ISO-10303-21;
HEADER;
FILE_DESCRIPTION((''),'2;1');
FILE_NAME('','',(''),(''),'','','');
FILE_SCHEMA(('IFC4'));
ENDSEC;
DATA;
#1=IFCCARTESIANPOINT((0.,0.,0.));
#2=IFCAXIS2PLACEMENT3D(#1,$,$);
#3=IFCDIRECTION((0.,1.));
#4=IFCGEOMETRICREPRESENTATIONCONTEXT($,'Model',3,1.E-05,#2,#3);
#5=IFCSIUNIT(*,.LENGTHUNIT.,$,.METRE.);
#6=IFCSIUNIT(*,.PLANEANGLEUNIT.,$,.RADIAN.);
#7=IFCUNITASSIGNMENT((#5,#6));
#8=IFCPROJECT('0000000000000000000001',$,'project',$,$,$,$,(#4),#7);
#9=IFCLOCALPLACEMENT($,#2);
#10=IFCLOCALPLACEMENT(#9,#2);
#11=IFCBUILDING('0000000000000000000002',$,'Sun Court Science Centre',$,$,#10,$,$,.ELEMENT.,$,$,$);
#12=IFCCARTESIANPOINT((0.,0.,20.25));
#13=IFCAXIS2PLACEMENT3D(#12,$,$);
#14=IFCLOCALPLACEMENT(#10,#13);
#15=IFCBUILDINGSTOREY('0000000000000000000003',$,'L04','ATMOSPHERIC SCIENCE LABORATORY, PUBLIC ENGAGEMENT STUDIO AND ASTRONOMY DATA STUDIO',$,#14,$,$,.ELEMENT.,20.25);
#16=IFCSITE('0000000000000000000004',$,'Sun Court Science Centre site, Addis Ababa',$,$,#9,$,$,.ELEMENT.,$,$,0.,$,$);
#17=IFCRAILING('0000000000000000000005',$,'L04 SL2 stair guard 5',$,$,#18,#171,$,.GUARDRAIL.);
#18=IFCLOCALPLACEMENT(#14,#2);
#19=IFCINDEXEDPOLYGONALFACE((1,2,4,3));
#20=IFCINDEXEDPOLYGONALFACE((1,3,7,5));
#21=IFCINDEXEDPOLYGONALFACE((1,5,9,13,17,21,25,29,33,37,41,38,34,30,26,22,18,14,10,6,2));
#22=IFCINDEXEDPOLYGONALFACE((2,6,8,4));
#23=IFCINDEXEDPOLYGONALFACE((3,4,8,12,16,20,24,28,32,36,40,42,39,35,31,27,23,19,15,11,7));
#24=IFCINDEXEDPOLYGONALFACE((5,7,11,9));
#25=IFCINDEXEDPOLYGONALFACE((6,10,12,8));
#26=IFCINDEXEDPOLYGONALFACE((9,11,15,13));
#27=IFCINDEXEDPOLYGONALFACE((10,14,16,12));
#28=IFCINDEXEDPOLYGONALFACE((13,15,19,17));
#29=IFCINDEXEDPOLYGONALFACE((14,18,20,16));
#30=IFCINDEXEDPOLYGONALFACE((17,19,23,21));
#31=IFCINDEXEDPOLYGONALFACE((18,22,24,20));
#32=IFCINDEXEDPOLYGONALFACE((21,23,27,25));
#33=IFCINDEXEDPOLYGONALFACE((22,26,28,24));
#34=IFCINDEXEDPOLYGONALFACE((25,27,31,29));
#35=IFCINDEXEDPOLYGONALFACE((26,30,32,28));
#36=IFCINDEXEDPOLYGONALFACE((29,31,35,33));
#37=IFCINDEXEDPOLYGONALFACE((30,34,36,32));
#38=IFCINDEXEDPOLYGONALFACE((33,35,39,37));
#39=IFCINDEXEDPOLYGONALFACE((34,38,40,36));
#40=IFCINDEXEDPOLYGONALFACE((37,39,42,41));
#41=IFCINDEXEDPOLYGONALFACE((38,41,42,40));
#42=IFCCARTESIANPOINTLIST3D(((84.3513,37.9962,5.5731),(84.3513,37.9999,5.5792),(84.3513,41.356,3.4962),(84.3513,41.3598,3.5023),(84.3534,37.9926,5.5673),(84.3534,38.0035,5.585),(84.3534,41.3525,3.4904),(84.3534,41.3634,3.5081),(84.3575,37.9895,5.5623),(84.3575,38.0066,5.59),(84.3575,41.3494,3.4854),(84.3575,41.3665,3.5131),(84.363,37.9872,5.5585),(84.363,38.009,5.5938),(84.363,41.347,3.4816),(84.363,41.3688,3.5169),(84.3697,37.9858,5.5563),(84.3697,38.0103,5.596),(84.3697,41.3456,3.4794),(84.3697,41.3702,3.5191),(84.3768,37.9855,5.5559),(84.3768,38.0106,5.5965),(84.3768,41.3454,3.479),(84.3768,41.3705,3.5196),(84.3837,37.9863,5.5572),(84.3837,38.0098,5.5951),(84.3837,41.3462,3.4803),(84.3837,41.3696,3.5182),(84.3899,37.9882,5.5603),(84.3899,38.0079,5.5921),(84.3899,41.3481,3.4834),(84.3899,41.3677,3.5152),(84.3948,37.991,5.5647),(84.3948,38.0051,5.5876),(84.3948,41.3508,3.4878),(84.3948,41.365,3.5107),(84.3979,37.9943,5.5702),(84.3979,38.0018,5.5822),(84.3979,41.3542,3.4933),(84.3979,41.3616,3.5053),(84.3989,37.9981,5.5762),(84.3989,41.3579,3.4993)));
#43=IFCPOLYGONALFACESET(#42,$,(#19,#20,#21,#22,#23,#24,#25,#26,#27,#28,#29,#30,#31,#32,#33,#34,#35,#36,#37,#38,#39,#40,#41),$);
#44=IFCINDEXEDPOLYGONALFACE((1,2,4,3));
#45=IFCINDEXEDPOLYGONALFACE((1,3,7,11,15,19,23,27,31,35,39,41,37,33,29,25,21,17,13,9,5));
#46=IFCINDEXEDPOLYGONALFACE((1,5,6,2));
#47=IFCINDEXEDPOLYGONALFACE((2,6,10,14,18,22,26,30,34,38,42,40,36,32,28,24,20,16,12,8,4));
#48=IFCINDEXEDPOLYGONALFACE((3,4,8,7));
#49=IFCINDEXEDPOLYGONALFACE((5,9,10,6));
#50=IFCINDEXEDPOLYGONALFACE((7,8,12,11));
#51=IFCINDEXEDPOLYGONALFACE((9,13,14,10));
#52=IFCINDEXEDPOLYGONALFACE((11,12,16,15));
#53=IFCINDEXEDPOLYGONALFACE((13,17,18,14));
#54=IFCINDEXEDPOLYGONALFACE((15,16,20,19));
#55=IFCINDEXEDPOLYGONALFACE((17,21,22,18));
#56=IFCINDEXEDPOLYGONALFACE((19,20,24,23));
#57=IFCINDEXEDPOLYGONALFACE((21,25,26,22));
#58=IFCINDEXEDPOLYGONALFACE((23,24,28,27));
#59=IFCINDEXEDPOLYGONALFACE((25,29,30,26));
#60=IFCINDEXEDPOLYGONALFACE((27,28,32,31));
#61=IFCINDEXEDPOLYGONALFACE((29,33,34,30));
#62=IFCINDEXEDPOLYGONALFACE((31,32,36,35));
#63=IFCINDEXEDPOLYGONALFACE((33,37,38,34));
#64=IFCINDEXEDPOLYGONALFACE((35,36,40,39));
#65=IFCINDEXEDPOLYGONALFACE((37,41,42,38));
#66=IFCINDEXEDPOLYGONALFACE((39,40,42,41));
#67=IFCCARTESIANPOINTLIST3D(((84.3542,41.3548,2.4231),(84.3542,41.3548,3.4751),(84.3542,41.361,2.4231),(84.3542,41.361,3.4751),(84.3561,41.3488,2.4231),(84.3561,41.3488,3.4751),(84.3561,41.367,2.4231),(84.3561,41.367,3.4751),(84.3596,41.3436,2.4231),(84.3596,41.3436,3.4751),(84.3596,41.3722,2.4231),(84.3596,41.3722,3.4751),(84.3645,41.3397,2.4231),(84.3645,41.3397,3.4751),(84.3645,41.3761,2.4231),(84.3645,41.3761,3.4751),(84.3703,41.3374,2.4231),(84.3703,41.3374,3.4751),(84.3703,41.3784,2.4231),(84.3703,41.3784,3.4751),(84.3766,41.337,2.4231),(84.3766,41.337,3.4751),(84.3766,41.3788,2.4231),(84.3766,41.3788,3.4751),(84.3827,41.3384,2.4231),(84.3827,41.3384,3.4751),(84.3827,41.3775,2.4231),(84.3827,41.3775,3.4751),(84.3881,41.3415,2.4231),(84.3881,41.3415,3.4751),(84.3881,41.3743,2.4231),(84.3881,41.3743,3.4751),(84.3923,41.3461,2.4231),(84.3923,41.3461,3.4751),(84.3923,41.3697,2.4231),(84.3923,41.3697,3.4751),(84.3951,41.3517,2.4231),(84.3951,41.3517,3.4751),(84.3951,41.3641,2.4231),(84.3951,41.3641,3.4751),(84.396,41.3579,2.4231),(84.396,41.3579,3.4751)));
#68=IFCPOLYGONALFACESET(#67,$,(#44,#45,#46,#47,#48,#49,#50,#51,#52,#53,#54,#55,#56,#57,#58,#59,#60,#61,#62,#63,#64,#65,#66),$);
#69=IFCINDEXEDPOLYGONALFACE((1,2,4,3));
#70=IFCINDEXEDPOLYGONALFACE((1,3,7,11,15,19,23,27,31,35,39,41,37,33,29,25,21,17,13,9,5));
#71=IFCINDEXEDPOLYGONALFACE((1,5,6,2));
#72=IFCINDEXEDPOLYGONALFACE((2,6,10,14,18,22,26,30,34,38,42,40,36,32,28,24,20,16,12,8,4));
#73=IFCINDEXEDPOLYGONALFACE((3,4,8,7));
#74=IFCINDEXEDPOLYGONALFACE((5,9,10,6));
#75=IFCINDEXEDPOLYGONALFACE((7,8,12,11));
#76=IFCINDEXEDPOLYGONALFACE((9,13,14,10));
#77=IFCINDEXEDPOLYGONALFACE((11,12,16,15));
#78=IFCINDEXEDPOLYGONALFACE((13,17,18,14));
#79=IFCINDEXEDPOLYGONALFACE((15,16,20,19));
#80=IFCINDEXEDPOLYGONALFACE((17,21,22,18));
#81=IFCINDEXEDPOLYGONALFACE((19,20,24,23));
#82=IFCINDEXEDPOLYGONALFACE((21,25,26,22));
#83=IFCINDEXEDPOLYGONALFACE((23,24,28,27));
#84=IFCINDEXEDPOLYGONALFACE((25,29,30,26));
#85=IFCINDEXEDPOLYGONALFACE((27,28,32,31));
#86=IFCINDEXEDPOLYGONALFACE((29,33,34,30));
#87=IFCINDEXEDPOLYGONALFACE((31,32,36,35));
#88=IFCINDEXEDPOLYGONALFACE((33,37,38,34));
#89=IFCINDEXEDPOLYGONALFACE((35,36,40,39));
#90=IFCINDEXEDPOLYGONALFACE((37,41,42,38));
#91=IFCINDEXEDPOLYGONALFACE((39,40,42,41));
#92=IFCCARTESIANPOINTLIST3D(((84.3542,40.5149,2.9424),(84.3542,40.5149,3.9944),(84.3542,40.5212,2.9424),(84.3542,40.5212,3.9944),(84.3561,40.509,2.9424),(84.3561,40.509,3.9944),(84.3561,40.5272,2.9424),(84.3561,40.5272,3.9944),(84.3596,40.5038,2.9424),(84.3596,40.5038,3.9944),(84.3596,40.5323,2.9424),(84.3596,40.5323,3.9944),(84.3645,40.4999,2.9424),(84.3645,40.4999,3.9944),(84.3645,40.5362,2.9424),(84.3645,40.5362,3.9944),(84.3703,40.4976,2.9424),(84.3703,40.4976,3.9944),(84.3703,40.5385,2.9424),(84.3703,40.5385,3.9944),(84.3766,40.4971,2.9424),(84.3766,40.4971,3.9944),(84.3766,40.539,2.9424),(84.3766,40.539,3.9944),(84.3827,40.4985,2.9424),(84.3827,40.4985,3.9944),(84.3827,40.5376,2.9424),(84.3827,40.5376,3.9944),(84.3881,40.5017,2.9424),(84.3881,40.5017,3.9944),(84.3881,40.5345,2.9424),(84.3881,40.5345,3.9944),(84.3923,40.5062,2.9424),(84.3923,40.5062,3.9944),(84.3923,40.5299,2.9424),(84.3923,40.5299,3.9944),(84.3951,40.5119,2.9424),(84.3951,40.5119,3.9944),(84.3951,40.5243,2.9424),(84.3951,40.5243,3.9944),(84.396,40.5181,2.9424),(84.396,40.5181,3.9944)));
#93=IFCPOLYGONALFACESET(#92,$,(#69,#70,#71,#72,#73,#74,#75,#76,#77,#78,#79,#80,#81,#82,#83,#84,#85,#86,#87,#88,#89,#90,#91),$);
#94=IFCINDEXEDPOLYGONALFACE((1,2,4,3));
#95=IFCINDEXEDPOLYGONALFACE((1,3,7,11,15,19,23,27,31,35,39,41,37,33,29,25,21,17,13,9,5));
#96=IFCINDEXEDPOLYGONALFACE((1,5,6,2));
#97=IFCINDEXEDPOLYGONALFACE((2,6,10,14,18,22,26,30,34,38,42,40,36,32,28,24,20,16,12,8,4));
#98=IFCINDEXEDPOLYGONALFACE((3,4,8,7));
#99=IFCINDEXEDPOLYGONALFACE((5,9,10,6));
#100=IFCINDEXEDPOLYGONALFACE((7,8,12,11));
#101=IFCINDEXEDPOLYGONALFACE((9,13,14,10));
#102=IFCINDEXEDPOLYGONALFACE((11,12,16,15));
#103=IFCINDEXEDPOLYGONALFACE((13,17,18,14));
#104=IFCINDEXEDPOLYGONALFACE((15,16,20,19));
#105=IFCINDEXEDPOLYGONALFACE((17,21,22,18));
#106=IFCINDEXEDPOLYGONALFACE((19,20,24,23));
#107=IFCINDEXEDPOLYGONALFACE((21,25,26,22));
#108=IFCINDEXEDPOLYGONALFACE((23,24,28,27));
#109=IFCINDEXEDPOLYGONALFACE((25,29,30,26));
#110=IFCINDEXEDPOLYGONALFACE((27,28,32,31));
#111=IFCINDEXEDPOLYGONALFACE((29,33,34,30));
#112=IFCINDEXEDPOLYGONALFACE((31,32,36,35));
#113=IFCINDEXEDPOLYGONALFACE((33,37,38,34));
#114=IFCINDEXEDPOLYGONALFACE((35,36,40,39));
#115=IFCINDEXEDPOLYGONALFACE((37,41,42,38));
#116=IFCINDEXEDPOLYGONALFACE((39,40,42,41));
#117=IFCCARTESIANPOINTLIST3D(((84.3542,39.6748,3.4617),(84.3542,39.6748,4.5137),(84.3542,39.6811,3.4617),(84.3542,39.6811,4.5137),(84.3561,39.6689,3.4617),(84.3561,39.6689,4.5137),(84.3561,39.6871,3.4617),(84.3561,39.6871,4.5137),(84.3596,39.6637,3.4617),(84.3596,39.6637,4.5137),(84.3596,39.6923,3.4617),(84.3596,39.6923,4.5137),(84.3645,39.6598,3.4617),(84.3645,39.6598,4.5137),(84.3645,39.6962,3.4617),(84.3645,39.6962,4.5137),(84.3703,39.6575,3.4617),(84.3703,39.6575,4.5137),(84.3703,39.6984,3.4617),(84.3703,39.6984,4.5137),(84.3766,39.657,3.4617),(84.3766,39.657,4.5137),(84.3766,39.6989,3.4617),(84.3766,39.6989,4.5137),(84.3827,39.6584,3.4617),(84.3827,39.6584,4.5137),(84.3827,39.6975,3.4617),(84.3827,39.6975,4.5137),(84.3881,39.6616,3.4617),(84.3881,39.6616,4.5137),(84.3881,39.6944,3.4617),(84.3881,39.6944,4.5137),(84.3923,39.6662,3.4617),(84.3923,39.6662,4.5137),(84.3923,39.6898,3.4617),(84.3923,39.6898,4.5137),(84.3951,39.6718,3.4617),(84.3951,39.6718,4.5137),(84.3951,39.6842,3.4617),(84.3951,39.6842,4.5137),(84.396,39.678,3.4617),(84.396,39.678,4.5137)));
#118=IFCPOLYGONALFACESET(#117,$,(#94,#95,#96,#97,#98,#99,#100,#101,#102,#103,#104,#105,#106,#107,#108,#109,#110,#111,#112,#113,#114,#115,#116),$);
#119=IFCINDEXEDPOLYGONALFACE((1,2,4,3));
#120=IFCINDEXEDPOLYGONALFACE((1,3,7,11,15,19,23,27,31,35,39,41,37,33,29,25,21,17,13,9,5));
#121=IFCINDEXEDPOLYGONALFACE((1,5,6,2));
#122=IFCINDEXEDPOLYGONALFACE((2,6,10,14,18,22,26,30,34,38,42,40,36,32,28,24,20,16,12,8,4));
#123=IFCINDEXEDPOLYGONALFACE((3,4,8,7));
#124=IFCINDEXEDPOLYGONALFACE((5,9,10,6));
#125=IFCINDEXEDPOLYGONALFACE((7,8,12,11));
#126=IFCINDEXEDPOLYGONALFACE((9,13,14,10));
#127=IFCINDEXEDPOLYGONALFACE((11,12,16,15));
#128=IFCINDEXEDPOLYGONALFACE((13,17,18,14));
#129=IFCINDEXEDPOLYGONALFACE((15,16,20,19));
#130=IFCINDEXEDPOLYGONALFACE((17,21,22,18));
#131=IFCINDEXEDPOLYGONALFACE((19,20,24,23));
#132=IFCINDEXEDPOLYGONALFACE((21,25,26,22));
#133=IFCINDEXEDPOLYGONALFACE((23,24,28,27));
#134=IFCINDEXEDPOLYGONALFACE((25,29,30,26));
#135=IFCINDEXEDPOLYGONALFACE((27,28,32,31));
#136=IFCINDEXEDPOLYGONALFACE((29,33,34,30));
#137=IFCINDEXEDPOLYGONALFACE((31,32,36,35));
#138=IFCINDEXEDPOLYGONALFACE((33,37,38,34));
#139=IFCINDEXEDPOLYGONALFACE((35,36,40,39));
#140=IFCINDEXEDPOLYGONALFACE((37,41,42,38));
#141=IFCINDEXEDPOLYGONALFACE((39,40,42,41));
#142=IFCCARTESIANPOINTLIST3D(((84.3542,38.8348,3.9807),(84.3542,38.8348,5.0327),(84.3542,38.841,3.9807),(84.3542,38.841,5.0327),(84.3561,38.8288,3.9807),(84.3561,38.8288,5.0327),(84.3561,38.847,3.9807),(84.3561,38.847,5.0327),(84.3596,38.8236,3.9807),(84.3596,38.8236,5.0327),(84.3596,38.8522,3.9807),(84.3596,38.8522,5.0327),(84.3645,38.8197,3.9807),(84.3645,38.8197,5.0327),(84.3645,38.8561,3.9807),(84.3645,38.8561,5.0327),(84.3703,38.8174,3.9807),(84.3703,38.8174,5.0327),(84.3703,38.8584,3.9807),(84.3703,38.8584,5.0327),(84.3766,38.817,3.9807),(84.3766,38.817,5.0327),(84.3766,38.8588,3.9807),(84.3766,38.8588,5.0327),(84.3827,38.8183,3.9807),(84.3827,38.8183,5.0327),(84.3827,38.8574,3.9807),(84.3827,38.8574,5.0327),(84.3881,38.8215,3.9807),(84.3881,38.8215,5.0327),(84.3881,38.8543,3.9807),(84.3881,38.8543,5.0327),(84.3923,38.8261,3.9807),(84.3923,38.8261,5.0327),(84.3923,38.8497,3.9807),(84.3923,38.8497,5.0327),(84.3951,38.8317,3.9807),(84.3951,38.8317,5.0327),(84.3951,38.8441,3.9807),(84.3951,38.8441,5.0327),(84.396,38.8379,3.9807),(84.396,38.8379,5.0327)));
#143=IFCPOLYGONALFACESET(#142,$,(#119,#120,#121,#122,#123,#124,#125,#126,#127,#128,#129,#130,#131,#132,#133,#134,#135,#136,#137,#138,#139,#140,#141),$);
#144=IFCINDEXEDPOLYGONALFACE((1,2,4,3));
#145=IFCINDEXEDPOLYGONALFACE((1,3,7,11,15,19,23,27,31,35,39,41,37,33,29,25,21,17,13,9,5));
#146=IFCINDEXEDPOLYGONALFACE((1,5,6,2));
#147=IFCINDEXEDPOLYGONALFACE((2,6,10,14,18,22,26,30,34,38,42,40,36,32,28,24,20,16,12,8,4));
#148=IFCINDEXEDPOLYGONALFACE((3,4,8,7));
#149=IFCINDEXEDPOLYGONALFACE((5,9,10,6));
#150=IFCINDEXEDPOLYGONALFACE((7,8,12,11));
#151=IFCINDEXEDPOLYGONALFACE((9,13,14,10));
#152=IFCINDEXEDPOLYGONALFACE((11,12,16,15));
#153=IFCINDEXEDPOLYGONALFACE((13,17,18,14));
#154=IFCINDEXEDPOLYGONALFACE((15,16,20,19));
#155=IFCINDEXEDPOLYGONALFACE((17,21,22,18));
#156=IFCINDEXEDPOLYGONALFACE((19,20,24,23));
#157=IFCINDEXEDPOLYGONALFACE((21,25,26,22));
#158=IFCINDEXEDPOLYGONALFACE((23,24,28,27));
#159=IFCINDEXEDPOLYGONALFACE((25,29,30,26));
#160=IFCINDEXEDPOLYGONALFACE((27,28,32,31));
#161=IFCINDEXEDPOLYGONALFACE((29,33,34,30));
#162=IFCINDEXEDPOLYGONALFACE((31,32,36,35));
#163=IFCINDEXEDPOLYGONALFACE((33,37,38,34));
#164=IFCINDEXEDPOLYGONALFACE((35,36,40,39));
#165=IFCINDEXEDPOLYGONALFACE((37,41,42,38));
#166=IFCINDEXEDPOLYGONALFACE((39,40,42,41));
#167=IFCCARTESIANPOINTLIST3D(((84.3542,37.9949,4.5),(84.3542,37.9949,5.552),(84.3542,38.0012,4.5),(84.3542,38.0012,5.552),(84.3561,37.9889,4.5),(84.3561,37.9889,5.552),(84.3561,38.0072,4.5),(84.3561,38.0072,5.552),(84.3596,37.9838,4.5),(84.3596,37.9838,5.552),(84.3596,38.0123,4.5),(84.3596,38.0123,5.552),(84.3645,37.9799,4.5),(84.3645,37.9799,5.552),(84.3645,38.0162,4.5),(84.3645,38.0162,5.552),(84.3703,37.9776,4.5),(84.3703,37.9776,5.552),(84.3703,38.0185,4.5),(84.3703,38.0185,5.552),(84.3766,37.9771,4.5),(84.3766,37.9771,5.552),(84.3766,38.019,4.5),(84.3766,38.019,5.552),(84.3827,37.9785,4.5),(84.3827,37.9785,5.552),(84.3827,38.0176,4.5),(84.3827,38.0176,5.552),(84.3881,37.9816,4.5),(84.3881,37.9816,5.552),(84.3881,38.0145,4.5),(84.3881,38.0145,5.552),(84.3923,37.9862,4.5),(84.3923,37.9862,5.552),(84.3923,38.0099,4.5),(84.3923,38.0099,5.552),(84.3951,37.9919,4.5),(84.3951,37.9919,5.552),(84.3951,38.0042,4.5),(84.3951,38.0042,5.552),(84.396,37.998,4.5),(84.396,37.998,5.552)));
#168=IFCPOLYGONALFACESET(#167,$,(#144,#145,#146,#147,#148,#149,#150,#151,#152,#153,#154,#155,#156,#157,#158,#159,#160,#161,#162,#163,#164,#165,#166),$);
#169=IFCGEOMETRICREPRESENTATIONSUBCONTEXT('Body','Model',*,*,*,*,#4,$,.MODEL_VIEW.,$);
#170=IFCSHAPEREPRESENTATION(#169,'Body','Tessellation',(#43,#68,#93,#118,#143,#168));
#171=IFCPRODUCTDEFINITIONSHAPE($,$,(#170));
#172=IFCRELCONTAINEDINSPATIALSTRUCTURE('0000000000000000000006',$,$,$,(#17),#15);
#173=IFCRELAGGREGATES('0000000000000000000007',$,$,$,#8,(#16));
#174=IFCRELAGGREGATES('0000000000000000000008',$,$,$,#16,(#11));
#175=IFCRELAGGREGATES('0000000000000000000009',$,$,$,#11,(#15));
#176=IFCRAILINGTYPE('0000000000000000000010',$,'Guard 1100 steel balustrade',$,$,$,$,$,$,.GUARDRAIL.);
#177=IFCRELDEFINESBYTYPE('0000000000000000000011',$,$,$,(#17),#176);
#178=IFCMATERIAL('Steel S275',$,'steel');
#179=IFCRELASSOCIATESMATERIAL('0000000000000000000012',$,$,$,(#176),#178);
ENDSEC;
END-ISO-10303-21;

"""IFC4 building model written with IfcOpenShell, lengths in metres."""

from ifc_helpers import new_model, si_unit, direction, frame, origin, origin_2d, place, context, subcontext, project, spatial, circle, extrude, material, type_object, element, save


model = new_model("IFC4")

# Units and contexts
model_context = context("Model", 3, precision=1e-05, world=origin(), true_north=direction((0.0, 1.0)))
body_context = subcontext(model_context, "Body", "Model", "MODEL_VIEW")
ifc_project = project(units=[si_unit("LENGTHUNIT", "METRE"), si_unit("PLANEANGLEUNIT", "RADIAN")], contexts=[model_context])

# Site, building, storey
site_placement = place(None, origin())
site = spatial("IfcSite", under=ifc_project, at=site_placement, Name="Sun Court Science Centre site, Addis Ababa", CompositionType="ELEMENT", RefElevation=0.0)
building_placement = place(site_placement, origin())
building = spatial("IfcBuilding", under=site, at=building_placement, Name="Sun Court Science Centre", CompositionType="ELEMENT")
storey_placement = place(building_placement, frame((0.0, 0.0, 20.25)))
storey = spatial("IfcBuildingStorey", under=building, at=storey_placement, Name="L04", Description="ATMOSPHERIC SCIENCE LABORATORY, PUBLIC ENGAGEMENT STUDIO AND ASTRONOMY DATA STUDIO", CompositionType="ELEMENT", Elevation=20.25)

# Railing
ifc_material_1 = material(Name="Steel S275", Category="steel")
railing_type_1 = type_object("IfcRailingType", Name="Guard 1100 steel balustrade", PredefinedType="GUARDRAIL", material=ifc_material_1)
railing_1_placement = place(storey_placement, frame((84.375, 41.3579, 2.4231)))
element("IfcRailing", 1, at=railing_1_placement, inside=storey, type_object=railing_type_1, Name="L04 SL2 stair guard 5", PredefinedType="GUARDRAIL", context=body_context, shape_type="SweptSolid", body=[
    extrude(circle(Radius=0.0239, at=origin_2d()), frame((0.0, 0.0, 1.0762), z_axis=(0.0, -0.850606, 0.525803), x_axis=(1.0, 0.0, 0.0)), (0.0, 0.0, 1.0), 3.95),
    extrude(circle(Radius=0.021, at=origin_2d()), origin(), (0.0, 0.0, 1.0), 1.052),
    extrude(circle(Radius=0.021, at=origin_2d()), frame((0.0, -0.8398, 0.5193)), (0.0, 0.0, 1.0), 1.052),
    extrude(circle(Radius=0.021, at=origin_2d()), frame((0.0, -1.6799, 1.0386)), (0.0, 0.0, 1.0), 1.052),
    extrude(circle(Radius=0.021, at=origin_2d()), frame((0.0, -2.52, 1.5576)), (0.0, 0.0, 1.0), 1.052),
    extrude(circle(Radius=0.021, at=origin_2d()), frame((0.0, -3.3599, 2.0769)), (0.0, 0.0, 1.0), 1.052),
])

save(model, "model.ifc")
